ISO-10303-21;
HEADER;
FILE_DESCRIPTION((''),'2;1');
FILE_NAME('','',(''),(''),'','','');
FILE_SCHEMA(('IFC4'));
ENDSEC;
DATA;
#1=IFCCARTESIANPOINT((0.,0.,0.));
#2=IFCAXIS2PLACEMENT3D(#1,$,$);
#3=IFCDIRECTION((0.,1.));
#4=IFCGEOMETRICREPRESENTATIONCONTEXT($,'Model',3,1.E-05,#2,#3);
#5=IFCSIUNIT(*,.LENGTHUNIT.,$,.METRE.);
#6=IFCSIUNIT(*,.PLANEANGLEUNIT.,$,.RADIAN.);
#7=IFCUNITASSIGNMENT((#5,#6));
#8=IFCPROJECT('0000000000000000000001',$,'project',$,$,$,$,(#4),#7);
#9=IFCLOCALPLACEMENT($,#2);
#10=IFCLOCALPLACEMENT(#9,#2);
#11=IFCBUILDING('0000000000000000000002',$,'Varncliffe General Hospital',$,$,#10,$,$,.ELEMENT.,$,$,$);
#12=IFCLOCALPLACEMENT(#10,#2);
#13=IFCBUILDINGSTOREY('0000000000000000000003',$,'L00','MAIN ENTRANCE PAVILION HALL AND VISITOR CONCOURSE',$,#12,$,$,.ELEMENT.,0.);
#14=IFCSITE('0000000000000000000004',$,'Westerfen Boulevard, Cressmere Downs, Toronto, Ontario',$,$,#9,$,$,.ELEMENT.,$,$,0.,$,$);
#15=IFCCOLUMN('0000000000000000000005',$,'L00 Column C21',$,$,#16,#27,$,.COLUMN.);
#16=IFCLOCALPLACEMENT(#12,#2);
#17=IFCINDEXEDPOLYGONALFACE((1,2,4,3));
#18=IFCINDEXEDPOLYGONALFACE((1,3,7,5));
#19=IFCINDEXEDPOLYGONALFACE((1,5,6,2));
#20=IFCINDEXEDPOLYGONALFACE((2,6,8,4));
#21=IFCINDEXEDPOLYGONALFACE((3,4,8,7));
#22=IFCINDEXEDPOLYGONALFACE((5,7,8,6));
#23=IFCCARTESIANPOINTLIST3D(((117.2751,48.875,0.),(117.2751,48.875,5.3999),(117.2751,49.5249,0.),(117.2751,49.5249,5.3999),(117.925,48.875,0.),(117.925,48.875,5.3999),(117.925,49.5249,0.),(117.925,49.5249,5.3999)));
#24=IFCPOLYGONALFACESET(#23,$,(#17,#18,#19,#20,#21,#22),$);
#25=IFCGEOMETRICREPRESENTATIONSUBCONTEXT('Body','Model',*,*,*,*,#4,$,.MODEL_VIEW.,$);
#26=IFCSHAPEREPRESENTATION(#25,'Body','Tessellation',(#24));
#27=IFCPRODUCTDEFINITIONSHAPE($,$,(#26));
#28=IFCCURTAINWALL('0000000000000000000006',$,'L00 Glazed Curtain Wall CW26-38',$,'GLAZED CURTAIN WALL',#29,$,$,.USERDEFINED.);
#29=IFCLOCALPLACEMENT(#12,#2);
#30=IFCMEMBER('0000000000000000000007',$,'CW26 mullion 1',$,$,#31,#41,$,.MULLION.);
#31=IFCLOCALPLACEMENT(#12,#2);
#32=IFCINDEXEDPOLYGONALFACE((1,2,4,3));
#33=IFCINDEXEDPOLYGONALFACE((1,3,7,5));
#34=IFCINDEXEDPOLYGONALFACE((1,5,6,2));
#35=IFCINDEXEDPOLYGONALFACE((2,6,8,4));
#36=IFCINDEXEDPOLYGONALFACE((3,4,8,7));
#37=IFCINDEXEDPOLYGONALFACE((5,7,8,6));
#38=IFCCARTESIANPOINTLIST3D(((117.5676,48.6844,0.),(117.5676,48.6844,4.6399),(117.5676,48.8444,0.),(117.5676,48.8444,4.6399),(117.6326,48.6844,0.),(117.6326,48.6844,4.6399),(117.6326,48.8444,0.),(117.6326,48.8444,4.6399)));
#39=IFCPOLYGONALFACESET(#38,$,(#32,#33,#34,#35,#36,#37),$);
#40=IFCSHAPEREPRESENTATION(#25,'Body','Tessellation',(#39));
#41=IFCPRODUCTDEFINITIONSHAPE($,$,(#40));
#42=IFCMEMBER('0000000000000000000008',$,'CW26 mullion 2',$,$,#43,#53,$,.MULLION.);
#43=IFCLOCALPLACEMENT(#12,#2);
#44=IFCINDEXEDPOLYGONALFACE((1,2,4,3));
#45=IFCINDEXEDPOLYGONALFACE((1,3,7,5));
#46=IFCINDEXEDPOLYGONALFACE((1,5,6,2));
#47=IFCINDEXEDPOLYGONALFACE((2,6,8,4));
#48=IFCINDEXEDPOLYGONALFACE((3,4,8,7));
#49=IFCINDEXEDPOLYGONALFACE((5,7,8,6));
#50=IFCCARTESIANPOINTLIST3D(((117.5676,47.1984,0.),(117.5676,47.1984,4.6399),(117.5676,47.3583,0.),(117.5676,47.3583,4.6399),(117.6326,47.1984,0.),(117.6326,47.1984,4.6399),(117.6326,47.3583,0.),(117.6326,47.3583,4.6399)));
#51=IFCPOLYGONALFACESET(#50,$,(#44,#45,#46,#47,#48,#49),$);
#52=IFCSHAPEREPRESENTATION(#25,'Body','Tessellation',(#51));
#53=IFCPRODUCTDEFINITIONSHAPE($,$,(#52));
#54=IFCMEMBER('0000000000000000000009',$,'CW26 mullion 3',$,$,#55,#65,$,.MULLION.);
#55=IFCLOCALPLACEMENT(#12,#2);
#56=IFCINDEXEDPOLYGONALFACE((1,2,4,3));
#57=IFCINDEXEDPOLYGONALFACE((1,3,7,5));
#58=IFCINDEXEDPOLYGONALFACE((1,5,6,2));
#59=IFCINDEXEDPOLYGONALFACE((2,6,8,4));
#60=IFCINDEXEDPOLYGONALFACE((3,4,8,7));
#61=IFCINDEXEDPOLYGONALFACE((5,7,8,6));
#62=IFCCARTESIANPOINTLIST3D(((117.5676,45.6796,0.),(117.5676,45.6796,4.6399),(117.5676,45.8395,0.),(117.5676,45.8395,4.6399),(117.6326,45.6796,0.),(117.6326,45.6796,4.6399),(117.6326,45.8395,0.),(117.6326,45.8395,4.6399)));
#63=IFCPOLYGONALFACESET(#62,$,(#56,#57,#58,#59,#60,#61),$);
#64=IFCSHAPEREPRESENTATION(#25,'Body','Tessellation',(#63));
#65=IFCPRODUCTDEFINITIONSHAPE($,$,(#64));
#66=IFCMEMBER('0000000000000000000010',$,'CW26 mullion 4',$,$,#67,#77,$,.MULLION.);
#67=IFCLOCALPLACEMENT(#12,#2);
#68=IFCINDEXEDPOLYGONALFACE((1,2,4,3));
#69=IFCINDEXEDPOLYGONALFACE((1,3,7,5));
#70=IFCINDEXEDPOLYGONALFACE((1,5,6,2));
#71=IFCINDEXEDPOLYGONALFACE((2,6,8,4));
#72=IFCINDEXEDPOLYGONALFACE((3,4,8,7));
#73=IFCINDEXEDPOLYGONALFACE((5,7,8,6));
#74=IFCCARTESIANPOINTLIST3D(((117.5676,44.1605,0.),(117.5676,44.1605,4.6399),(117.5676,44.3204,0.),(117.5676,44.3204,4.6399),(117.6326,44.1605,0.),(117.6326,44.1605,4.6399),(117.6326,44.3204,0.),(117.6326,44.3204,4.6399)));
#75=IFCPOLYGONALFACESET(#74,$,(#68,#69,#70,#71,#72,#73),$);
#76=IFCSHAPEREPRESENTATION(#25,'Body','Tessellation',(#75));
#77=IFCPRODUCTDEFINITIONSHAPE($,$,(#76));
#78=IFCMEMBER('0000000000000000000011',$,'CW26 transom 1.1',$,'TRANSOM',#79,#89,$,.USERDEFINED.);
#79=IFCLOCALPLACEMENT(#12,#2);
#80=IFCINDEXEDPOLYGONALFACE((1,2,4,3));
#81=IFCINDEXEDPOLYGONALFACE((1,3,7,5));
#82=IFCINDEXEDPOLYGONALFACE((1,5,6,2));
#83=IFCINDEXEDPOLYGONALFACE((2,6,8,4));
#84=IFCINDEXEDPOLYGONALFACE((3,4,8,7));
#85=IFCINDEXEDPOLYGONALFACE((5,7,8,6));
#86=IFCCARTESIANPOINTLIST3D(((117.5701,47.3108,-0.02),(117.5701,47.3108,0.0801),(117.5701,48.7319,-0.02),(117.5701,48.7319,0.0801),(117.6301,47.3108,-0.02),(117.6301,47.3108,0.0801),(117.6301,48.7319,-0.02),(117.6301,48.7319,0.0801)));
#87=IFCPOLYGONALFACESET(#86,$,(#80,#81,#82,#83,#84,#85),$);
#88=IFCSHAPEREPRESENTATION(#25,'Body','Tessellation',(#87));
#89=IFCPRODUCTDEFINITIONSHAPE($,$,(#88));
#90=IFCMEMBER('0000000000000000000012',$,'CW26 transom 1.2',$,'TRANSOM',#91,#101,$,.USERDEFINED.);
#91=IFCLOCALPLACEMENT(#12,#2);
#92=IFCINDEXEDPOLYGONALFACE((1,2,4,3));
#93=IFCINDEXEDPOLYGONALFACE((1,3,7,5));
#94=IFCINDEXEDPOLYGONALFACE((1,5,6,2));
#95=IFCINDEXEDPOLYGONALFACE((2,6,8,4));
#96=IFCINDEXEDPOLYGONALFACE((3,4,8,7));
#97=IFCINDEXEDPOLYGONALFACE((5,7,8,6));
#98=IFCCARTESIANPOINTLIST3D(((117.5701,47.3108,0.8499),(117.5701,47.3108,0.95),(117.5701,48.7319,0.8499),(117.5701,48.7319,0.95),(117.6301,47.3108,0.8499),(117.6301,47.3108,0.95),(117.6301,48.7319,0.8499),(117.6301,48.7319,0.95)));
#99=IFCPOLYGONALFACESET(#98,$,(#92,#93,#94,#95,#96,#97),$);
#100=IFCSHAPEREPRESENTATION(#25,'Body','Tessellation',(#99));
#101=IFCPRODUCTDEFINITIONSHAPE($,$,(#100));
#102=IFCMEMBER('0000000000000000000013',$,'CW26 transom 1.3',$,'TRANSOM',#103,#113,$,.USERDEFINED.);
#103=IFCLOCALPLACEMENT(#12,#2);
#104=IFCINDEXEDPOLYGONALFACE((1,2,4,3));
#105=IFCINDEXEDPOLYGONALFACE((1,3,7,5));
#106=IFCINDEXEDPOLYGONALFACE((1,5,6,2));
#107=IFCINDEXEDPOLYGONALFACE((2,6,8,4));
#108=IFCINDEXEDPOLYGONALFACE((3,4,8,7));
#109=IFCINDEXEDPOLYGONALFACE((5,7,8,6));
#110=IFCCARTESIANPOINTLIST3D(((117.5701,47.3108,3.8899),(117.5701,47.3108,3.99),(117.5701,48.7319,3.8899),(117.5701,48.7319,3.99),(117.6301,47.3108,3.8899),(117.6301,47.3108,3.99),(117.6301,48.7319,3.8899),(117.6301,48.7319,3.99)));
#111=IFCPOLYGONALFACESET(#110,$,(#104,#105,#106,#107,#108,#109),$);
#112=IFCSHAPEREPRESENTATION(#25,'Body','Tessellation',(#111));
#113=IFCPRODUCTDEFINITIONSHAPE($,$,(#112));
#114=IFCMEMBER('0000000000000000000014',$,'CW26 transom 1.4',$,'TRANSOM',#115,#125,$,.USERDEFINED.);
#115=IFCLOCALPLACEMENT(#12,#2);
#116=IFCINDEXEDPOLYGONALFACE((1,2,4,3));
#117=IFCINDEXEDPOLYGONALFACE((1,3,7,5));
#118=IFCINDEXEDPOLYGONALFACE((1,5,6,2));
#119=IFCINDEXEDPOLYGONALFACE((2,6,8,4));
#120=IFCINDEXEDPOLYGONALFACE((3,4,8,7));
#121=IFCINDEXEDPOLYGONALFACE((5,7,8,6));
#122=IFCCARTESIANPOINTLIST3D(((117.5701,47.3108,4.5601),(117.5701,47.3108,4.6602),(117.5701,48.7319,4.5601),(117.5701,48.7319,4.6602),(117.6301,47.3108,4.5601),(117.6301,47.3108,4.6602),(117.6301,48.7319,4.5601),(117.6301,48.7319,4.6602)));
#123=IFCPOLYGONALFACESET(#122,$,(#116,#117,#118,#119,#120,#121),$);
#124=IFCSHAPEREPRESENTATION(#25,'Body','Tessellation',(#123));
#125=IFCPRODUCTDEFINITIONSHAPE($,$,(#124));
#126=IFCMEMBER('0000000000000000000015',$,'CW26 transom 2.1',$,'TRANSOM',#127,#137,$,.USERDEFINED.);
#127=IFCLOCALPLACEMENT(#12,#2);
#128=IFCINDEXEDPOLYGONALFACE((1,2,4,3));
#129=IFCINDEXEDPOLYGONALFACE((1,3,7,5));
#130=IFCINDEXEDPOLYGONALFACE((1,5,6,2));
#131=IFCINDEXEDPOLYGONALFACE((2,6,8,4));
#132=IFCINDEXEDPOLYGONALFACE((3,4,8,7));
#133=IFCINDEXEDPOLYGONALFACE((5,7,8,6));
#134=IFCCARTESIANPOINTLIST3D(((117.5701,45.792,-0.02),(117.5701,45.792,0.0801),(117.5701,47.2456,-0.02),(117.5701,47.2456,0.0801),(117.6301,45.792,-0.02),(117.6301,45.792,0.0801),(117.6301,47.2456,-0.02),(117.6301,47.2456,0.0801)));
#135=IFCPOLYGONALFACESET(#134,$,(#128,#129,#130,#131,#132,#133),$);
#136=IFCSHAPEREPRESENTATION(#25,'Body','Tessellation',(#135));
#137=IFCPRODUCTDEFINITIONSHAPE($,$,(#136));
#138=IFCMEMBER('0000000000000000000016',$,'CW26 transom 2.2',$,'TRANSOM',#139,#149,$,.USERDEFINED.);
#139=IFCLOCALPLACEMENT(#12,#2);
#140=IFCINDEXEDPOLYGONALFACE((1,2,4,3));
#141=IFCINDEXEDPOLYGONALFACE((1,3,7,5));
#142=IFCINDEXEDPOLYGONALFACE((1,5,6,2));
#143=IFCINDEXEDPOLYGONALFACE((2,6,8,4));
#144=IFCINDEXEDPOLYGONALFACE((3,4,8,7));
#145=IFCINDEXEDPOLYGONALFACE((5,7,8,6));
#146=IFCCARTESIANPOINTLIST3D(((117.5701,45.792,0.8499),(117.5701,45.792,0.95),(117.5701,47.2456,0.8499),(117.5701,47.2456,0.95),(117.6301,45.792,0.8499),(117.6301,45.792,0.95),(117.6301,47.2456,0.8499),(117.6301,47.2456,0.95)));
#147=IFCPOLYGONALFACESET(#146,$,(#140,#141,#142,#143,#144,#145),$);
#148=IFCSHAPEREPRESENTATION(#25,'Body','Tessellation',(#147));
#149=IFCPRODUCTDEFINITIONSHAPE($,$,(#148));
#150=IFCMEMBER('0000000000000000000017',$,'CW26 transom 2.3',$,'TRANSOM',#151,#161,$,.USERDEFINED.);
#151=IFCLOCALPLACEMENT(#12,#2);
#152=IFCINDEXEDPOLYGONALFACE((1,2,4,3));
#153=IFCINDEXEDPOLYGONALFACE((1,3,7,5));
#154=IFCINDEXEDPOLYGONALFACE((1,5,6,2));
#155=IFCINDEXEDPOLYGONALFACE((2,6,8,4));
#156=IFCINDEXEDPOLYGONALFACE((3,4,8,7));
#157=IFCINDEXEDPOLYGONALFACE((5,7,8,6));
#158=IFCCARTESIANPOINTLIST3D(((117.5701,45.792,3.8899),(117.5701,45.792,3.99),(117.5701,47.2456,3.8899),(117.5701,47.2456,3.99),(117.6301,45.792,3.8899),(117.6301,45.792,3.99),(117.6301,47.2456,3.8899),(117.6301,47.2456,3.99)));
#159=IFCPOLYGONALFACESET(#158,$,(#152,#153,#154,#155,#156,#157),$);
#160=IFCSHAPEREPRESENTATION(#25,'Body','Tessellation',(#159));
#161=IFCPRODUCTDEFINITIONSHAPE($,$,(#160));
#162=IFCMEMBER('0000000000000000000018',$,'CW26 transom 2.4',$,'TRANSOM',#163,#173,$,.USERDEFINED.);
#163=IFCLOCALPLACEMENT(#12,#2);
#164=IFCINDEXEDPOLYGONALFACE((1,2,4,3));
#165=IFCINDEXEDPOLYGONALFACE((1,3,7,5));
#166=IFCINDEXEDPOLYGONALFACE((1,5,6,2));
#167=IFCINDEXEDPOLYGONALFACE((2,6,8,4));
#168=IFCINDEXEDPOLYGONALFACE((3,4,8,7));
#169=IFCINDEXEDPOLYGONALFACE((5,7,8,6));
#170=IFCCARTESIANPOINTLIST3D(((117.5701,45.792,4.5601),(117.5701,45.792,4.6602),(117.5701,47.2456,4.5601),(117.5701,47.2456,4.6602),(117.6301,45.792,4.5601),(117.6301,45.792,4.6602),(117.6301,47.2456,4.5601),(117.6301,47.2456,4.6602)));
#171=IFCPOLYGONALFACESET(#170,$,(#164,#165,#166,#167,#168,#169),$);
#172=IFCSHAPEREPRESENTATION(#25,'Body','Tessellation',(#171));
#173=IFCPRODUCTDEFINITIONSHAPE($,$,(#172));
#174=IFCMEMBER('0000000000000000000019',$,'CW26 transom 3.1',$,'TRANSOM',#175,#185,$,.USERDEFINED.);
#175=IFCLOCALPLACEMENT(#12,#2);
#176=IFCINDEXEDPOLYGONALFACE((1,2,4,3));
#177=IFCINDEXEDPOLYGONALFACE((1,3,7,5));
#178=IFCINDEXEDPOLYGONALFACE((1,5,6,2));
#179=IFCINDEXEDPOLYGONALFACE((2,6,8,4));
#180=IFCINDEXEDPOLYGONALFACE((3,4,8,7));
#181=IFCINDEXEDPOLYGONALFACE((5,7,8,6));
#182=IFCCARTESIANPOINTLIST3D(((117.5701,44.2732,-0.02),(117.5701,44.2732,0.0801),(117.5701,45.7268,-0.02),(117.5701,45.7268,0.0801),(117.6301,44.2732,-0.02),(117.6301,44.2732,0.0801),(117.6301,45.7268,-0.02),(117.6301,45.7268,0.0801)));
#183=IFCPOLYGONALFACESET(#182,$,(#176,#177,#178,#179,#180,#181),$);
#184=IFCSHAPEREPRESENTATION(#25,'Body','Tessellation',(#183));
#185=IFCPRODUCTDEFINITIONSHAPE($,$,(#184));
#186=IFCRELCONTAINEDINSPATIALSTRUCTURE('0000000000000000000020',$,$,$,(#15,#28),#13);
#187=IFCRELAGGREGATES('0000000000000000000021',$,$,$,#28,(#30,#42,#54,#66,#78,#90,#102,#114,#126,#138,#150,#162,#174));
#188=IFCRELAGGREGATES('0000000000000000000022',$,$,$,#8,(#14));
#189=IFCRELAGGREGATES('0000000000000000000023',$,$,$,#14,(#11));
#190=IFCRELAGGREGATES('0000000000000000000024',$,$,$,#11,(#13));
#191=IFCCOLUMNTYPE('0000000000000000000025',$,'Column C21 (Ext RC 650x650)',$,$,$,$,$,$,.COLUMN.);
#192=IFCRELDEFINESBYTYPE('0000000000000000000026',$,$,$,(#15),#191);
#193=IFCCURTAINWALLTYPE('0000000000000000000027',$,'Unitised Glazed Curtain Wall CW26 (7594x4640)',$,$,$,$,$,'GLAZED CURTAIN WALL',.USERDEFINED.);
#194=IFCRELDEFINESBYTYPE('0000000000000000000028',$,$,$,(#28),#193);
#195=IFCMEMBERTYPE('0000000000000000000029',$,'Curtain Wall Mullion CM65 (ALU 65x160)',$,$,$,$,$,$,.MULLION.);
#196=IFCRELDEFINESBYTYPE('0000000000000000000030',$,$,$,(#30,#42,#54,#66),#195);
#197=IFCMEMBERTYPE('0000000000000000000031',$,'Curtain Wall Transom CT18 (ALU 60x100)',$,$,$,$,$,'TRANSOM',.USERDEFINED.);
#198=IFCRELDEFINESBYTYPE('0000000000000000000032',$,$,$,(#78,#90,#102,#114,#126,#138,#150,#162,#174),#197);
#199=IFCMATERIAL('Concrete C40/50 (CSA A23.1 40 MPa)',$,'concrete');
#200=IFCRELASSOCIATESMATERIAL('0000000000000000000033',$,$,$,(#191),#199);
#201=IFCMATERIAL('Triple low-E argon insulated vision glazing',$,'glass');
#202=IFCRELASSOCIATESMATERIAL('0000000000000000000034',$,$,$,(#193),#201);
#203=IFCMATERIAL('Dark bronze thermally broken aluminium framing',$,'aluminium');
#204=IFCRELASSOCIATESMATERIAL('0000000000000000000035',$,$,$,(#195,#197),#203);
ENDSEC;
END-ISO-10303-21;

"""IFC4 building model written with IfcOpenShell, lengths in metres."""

from ifc_helpers import new_model, si_unit, direction, frame, origin, origin_2d, place, context, subcontext, project, spatial, rectangle, extrude, material, material_profile, profile_set, type_object, element, aggregate, save


model = new_model("IFC4")

# Units and contexts
model_context = context("Model", 3, precision=1e-05, world=origin(), true_north=direction((0.0, 1.0)))
body_context = subcontext(model_context, "Body", "Model", "MODEL_VIEW")
ifc_project = project(units=[si_unit("LENGTHUNIT", "METRE"), si_unit("PLANEANGLEUNIT", "RADIAN")], contexts=[model_context])

# Site, building, storey
site_placement = place(None, origin())
site = spatial("IfcSite", under=ifc_project, at=site_placement, Name="Westerfen Boulevard, Cressmere Downs, Toronto, Ontario", CompositionType="ELEMENT", RefElevation=0.0)
building_placement = place(site_placement, origin())
building = spatial("IfcBuilding", under=site, at=building_placement, Name="Varncliffe General Hospital", CompositionType="ELEMENT")
storey_placement = place(building_placement, origin())
storey = spatial("IfcBuildingStorey", under=building, at=storey_placement, Name="L00", Description="MAIN ENTRANCE PAVILION HALL AND VISITOR CONCOURSE", CompositionType="ELEMENT", Elevation=0.0)

# Column
ifc_material_1 = material(Name="Concrete C40/50 (CSA A23.1 40 MPa)", Category="concrete")
ifc_material_profile_1 = material_profile(ifc_material_1, rectangle(XDim=0.6499, YDim=0.6499, at=origin_2d()), Name="RC 650x650")
ifc_profile_set_1 = profile_set([ifc_material_profile_1], Name="Concrete C40/50 (CSA A23.1 40 MPa)")
column_type = type_object("IfcColumnType", Name="Column C21 (Ext RC 650x650)", PredefinedType="COLUMN", material=ifc_profile_set_1)
column_placement = place(storey_placement, frame((117.6001, 49.2, 0.0), z_axis=(0.0, 0.0, 1.0), x_axis=(1.0, 0.0, 0.0)))
element("IfcColumn", 1, at=column_placement, inside=storey, type_object=column_type, Name="L00 Column C21", PredefinedType="COLUMN", context=body_context, shape_type="SweptSolid", body=[
    extrude(rectangle(XDim=0.6499, YDim=0.6499, at=origin_2d()), origin(), (0.0, 0.0, 1.0), 5.3999),
])

# Curtain wall, members
ifc_material_2 = material(Name="Triple low-E argon insulated vision glazing", Category="glass")
curtain_wall_type = type_object("IfcCurtainWallType", Name="Unitised Glazed Curtain Wall CW26 (7594x4640)", ElementType="GLAZED CURTAIN WALL", PredefinedType="USERDEFINED", material=ifc_material_2)
curtain_wall_placement = place(storey_placement, origin())
curtain_wall = element("IfcCurtainWall", 2, at=curtain_wall_placement, inside=storey, type_object=curtain_wall_type, Name="L00 Glazed Curtain Wall CW26-38", ObjectType="GLAZED CURTAIN WALL", PredefinedType="USERDEFINED")
ifc_material_3 = material(Name="Dark bronze thermally broken aluminium framing", Category="aluminium")
ifc_material_profile_2 = material_profile(ifc_material_3, rectangle(XDim=0.0649, YDim=0.1599, at=origin_2d()), Name="ALU 65x160")
ifc_profile_set_2 = profile_set([ifc_material_profile_2], Name="Dark bronze thermally broken aluminium framing")
member_type_1 = type_object("IfcMemberType", Name="Curtain Wall Mullion CM65 (ALU 65x160)", PredefinedType="MULLION", material=ifc_profile_set_2)
member_1_placement = place(storey_placement, frame((117.6001, 48.7644, 0.0), z_axis=(0.0, 0.0, 1.0), x_axis=(1.0, 0.0, 0.0)))
member_1 = element("IfcMember", 3, at=member_1_placement, type_object=member_type_1, Name="CW26 mullion 1", PredefinedType="MULLION", context=body_context, shape_type="SweptSolid", body=[
    extrude(rectangle(XDim=0.0649, YDim=0.1599, at=origin_2d()), origin(), (0.0, 0.0, 1.0), 4.6399),
])
member_2_placement = place(storey_placement, frame((117.6001, 47.2783, 0.0), z_axis=(0.0, 0.0, 1.0), x_axis=(1.0, 0.0, 0.0)))
member_2 = element("IfcMember", 4, at=member_2_placement, type_object=member_type_1, Name="CW26 mullion 2", PredefinedType="MULLION", context=body_context, shape_type="SweptSolid", body=[
    extrude(rectangle(XDim=0.0649, YDim=0.1599, at=origin_2d()), origin(), (0.0, 0.0, 1.0), 4.6399),
])
member_3_placement = place(storey_placement, frame((117.6001, 45.7595, 0.0), z_axis=(0.0, 0.0, 1.0), x_axis=(1.0, 0.0, 0.0)))
member_3 = element("IfcMember", 5, at=member_3_placement, type_object=member_type_1, Name="CW26 mullion 3", PredefinedType="MULLION", context=body_context, shape_type="SweptSolid", body=[
    extrude(rectangle(XDim=0.0649, YDim=0.1599, at=origin_2d()), origin(), (0.0, 0.0, 1.0), 4.6399),
])
member_4_placement = place(storey_placement, frame((117.6001, 44.2405, 0.0), z_axis=(0.0, 0.0, 1.0), x_axis=(1.0, 0.0, 0.0)))
member_4 = element("IfcMember", 6, at=member_4_placement, type_object=member_type_1, Name="CW26 mullion 4", PredefinedType="MULLION", context=body_context, shape_type="SweptSolid", body=[
    extrude(rectangle(XDim=0.0649, YDim=0.1599, at=origin_2d()), origin(), (0.0, 0.0, 1.0), 4.6399),
])
ifc_material_profile_3 = material_profile(ifc_material_3, rectangle(XDim=0.0601, YDim=0.1001, at=origin_2d()), Name="ALU 60x100")
ifc_profile_set_3 = profile_set([ifc_material_profile_3], Name="Dark bronze thermally broken aluminium framing")
member_type_2 = type_object("IfcMemberType", Name="Curtain Wall Transom CT18 (ALU 60x100)", ElementType="TRANSOM", PredefinedType="USERDEFINED", material=ifc_profile_set_3)
member_5_placement = place(storey_placement, frame((117.6001, 48.7319, 0.03), z_axis=(0.0, -1.0, 0.0), x_axis=(1.0, 0.0, 0.0)))
member_5 = element("IfcMember", 7, at=member_5_placement, type_object=member_type_2, Name="CW26 transom 1.1", ObjectType="TRANSOM", PredefinedType="USERDEFINED", context=body_context, shape_type="SweptSolid", body=[
    extrude(rectangle(XDim=0.0601, YDim=0.1001, at=origin_2d()), origin(), (0.0, 0.0, 1.0), 1.4211),
])
member_6_placement = place(storey_placement, frame((117.6001, 48.7319, 0.8999), z_axis=(0.0, -1.0, 0.0), x_axis=(1.0, 0.0, 0.0)))
member_6 = element("IfcMember", 8, at=member_6_placement, type_object=member_type_2, Name="CW26 transom 1.2", ObjectType="TRANSOM", PredefinedType="USERDEFINED", context=body_context, shape_type="SweptSolid", body=[
    extrude(rectangle(XDim=0.0601, YDim=0.1001, at=origin_2d()), origin(), (0.0, 0.0, 1.0), 1.4211),
])
member_7_placement = place(storey_placement, frame((117.6001, 48.7319, 3.9399), z_axis=(0.0, -1.0, 0.0), x_axis=(1.0, 0.0, 0.0)))
member_7 = element("IfcMember", 9, at=member_7_placement, type_object=member_type_2, Name="CW26 transom 1.3", ObjectType="TRANSOM", PredefinedType="USERDEFINED", context=body_context, shape_type="SweptSolid", body=[
    extrude(rectangle(XDim=0.0601, YDim=0.1001, at=origin_2d()), origin(), (0.0, 0.0, 1.0), 1.4211),
])
member_8_placement = place(storey_placement, frame((117.6001, 48.7319, 4.6101), z_axis=(0.0, -1.0, 0.0), x_axis=(1.0, 0.0, 0.0)))
member_8 = element("IfcMember", 10, at=member_8_placement, type_object=member_type_2, Name="CW26 transom 1.4", ObjectType="TRANSOM", PredefinedType="USERDEFINED", context=body_context, shape_type="SweptSolid", body=[
    extrude(rectangle(XDim=0.0601, YDim=0.1001, at=origin_2d()), origin(), (0.0, 0.0, 1.0), 1.4211),
])
member_9_placement = place(storey_placement, frame((117.6001, 47.2456, 0.03), z_axis=(0.0, -1.0, 0.0), x_axis=(1.0, 0.0, 0.0)))
member_9 = element("IfcMember", 11, at=member_9_placement, type_object=member_type_2, Name="CW26 transom 2.1", ObjectType="TRANSOM", PredefinedType="USERDEFINED", context=body_context, shape_type="SweptSolid", body=[
    extrude(rectangle(XDim=0.0601, YDim=0.1001, at=origin_2d()), origin(), (0.0, 0.0, 1.0), 1.4536),
])
member_10_placement = place(storey_placement, frame((117.6001, 47.2456, 0.8999), z_axis=(0.0, -1.0, 0.0), x_axis=(1.0, 0.0, 0.0)))
member_10 = element("IfcMember", 12, at=member_10_placement, type_object=member_type_2, Name="CW26 transom 2.2", ObjectType="TRANSOM", PredefinedType="USERDEFINED", context=body_context, shape_type="SweptSolid", body=[
    extrude(rectangle(XDim=0.0601, YDim=0.1001, at=origin_2d()), origin(), (0.0, 0.0, 1.0), 1.4536),
])
member_11_placement = place(storey_placement, frame((117.6001, 47.2456, 3.9399), z_axis=(0.0, -1.0, 0.0), x_axis=(1.0, 0.0, 0.0)))
member_11 = element("IfcMember", 13, at=member_11_placement, type_object=member_type_2, Name="CW26 transom 2.3", ObjectType="TRANSOM", PredefinedType="USERDEFINED", context=body_context, shape_type="SweptSolid", body=[
    extrude(rectangle(XDim=0.0601, YDim=0.1001, at=origin_2d()), origin(), (0.0, 0.0, 1.0), 1.4536),
])
member_12_placement = place(storey_placement, frame((117.6001, 47.2456, 4.6101), z_axis=(0.0, -1.0, 0.0), x_axis=(1.0, 0.0, 0.0)))
member_12 = element("IfcMember", 14, at=member_12_placement, type_object=member_type_2, Name="CW26 transom 2.4", ObjectType="TRANSOM", PredefinedType="USERDEFINED", context=body_context, shape_type="SweptSolid", body=[
    extrude(rectangle(XDim=0.0601, YDim=0.1001, at=origin_2d()), origin(), (0.0, 0.0, 1.0), 1.4536),
])
member_13_placement = place(storey_placement, frame((117.6001, 45.7268, 0.03), z_axis=(0.0, -1.0, 0.0), x_axis=(1.0, 0.0, 0.0)))
member_13 = element("IfcMember", 15, at=member_13_placement, type_object=member_type_2, Name="CW26 transom 3.1", ObjectType="TRANSOM", PredefinedType="USERDEFINED", context=body_context, shape_type="SweptSolid", body=[
    extrude(rectangle(XDim=0.0601, YDim=0.1001, at=origin_2d()), origin(), (0.0, 0.0, 1.0), 1.4536),
])
aggregate(curtain_wall, [member_1, member_2, member_3, member_4, member_5, member_6, member_7, member_8, member_9, member_10, member_11, member_12, member_13])

save(model, "model.ifc")
